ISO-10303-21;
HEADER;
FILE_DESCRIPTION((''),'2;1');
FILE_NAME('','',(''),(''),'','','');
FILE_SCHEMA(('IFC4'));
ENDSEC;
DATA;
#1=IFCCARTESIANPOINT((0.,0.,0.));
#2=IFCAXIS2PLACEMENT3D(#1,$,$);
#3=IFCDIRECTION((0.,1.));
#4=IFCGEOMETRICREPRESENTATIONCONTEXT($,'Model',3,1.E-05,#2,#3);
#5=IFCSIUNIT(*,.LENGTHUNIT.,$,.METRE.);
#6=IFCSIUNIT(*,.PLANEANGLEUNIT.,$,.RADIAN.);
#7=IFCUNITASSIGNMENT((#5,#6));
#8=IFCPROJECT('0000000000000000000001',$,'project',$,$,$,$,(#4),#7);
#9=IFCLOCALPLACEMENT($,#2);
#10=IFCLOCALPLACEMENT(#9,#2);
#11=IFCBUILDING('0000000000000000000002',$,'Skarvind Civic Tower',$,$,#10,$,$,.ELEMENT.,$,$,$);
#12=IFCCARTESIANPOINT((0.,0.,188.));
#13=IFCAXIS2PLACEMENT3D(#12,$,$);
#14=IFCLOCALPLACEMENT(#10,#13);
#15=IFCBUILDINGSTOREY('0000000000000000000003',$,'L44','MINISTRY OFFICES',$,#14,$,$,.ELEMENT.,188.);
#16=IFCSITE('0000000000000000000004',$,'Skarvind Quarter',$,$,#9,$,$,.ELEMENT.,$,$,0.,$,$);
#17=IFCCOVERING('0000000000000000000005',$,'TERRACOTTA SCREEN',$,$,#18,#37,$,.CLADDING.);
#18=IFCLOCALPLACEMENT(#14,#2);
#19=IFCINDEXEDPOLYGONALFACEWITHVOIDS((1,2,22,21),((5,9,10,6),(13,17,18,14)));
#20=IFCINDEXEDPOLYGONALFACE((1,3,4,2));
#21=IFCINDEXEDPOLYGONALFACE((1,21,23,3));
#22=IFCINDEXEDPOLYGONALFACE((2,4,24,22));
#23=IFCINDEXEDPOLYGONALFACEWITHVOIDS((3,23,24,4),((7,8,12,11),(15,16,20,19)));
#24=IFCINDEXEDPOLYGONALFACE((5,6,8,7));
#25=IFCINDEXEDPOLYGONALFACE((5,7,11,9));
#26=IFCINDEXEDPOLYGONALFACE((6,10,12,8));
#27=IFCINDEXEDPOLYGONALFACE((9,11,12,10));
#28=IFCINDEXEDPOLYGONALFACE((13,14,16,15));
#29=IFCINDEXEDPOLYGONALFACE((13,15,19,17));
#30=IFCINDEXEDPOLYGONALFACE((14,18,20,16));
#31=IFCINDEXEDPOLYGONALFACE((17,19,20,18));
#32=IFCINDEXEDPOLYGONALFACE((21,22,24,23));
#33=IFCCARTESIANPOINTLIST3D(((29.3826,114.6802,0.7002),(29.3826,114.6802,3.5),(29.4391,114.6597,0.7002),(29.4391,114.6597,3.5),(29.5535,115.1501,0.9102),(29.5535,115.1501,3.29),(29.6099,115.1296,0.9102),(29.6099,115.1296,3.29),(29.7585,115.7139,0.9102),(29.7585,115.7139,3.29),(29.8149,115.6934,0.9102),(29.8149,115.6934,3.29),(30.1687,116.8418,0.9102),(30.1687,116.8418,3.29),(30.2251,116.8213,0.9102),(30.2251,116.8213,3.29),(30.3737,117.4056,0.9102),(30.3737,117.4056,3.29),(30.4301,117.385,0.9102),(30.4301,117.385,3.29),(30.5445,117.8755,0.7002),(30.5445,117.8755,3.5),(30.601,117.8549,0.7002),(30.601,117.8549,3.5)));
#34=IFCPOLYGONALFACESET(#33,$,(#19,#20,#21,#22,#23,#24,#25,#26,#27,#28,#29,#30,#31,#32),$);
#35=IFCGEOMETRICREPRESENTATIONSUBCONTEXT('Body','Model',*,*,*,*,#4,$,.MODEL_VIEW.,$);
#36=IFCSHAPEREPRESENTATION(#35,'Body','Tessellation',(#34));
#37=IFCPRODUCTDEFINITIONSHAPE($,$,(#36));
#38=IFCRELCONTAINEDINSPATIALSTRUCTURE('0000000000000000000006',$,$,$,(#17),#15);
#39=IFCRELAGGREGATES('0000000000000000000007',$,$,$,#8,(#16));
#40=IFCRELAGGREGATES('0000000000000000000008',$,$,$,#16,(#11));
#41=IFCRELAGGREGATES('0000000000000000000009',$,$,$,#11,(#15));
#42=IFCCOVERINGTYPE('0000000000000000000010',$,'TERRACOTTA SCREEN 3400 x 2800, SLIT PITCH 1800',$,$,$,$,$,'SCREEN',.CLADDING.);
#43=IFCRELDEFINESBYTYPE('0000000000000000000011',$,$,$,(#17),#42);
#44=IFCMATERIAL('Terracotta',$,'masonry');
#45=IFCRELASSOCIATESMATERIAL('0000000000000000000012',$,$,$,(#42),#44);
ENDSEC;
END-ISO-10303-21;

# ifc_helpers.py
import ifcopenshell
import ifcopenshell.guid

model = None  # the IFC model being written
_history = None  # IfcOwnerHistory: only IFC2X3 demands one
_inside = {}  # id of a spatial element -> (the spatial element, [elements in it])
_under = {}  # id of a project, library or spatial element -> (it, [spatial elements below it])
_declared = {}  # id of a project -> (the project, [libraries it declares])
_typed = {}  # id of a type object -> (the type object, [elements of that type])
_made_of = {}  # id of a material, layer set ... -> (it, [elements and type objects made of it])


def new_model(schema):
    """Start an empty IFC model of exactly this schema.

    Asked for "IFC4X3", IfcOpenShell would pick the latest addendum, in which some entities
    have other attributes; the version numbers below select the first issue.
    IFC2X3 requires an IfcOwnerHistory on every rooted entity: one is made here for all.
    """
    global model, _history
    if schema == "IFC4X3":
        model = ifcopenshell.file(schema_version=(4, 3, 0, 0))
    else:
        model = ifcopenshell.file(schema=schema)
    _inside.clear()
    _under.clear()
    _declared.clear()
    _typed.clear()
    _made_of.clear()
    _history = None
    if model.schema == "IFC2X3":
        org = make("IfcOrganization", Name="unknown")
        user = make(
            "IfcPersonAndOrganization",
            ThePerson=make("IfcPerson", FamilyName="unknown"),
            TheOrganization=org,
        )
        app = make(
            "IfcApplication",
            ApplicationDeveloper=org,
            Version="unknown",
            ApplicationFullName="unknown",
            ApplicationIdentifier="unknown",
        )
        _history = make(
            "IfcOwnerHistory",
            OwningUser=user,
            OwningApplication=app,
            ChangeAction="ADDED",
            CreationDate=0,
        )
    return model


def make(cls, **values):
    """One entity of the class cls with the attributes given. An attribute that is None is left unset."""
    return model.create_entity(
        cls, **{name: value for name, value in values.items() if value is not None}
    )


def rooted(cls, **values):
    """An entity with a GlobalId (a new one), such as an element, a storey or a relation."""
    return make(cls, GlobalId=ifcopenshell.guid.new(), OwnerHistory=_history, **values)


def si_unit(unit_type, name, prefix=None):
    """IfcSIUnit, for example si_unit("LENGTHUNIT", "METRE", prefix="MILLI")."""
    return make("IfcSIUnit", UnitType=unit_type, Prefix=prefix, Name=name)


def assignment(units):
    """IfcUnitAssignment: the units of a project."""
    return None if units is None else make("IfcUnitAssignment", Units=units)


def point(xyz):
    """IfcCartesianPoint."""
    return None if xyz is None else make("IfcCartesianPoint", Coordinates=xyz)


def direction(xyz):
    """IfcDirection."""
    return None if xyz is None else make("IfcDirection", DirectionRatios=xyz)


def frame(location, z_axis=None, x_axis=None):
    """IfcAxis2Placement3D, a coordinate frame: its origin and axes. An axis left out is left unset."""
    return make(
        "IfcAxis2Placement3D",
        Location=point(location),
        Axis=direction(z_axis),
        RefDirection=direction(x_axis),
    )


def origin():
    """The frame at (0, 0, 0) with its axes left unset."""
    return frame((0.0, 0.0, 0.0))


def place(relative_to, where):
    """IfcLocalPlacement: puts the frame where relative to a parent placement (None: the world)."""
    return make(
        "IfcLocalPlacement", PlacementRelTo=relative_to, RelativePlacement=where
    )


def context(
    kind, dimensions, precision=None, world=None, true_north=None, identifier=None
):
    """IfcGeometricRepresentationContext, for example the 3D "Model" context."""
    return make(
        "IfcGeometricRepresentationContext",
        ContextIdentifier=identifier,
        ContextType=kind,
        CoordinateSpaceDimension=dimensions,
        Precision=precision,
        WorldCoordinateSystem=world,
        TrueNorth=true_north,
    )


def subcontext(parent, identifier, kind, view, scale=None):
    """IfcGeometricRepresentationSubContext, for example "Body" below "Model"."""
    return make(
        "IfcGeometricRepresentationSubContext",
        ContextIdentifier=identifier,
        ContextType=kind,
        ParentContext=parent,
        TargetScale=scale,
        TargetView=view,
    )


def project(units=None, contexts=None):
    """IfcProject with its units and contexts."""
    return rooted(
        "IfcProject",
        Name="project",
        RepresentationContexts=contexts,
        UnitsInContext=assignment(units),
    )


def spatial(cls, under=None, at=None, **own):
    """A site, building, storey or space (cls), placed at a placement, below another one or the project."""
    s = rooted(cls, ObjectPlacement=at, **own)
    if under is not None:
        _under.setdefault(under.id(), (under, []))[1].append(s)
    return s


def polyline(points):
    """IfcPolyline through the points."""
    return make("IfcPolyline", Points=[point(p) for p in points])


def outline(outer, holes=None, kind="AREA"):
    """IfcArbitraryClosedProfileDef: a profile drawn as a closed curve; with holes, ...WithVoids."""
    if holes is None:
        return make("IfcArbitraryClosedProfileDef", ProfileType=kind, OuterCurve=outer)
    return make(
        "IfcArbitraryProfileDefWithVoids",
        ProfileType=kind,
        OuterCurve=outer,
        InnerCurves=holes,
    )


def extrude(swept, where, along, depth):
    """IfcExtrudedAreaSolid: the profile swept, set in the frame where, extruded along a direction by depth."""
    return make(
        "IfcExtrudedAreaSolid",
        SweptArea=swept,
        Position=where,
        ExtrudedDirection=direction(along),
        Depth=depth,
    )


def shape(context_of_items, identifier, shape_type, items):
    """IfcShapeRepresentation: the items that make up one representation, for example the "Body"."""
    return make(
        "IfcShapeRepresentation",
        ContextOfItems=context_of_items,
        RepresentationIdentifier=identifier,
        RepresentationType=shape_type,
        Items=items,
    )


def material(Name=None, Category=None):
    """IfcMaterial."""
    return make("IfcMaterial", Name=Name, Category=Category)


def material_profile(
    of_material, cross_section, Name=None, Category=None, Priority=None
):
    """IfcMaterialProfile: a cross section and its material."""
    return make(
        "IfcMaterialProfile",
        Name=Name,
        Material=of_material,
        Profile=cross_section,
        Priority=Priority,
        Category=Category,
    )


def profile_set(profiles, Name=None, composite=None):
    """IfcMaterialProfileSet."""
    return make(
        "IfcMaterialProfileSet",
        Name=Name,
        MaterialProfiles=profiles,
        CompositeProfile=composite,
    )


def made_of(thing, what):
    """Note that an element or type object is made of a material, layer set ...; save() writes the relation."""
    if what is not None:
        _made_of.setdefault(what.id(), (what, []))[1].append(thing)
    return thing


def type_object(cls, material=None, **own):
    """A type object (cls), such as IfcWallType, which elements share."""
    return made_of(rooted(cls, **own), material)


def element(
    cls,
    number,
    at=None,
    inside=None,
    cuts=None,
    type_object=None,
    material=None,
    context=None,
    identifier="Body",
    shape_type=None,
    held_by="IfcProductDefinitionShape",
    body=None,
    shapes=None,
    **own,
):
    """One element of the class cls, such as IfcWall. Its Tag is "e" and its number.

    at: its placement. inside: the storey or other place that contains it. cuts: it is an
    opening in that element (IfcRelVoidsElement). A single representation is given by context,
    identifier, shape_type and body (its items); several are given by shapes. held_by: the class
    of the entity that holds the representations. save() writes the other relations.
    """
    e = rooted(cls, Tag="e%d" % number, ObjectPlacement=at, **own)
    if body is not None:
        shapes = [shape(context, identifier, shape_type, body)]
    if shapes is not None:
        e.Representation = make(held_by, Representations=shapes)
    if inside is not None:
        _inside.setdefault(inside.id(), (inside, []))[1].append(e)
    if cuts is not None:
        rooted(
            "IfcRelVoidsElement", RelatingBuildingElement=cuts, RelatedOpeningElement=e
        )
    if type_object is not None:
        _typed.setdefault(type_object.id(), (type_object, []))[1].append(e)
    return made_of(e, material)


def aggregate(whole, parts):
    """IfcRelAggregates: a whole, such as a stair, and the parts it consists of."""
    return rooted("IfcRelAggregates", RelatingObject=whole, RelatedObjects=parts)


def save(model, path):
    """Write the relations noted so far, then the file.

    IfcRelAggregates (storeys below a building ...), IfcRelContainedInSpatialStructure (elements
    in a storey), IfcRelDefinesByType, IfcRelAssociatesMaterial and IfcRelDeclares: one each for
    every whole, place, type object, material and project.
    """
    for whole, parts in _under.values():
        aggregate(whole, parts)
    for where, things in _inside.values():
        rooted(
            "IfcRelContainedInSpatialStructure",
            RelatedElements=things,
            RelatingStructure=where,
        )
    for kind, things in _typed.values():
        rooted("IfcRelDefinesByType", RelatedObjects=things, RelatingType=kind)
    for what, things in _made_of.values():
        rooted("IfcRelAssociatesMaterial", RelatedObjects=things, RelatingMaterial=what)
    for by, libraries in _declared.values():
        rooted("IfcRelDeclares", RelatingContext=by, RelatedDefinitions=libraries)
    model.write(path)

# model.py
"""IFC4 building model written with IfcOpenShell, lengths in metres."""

from ifc_helpers import new_model, si_unit, direction, frame, origin, place, context, subcontext, project, spatial, polyline, outline, extrude, material, material_profile, profile_set, type_object, element, save


model = new_model("IFC4")

# Units and contexts
model_context = context("Model", 3, precision=1e-05, world=origin(), true_north=direction((0.0, 1.0)))
body_context = subcontext(model_context, "Body", "Model", "MODEL_VIEW")
ifc_project = project(units=[si_unit("LENGTHUNIT", "METRE"), si_unit("PLANEANGLEUNIT", "RADIAN")], contexts=[model_context])

# Site, building, storey
site_placement = place(None, origin())
site = spatial("IfcSite", under=ifc_project, at=site_placement, Name="Skarvind Quarter", CompositionType="ELEMENT", RefElevation=0.0)
building_placement = place(site_placement, origin())
building = spatial("IfcBuilding", under=site, at=building_placement, Name="Skarvind Civic Tower", CompositionType="ELEMENT")
storey_placement = place(building_placement, frame((0.0, 0.0, 188.0)))
storey = spatial("IfcBuildingStorey", under=building, at=storey_placement, Name="L44", Description="MINISTRY OFFICES", CompositionType="ELEMENT", Elevation=188.0)

# Covering
ifc_material_1 = material(Name="Terracotta", Category="masonry")
ifc_material_profile_1 = material_profile(ifc_material_1, outline(polyline([(-1.7, -1.3999), (1.7, -1.3999), (1.7, 1.3999), (-1.7, 1.3999), (-1.7, -1.3999)]), holes=[polyline([(-1.2, -1.1899), (-0.6001, -1.1899), (-0.6001, 1.1899), (-1.2, 1.1899), (-1.2, -1.1899)]), polyline([(0.6001, -1.1899), (1.2, -1.1899), (1.2, 1.1899), (0.6001, 1.1899), (0.6001, -1.1899)])]), Name="TERRACOTTA SCREEN 3400 x 2800, SLIT PITCH 1800")
ifc_profile_set_1 = profile_set([ifc_material_profile_1], Name="Terracotta")
covering_type = type_object("IfcCoveringType", Name="TERRACOTTA SCREEN 3400 x 2800, SLIT PITCH 1800", ElementType="SCREEN", PredefinedType="CLADDING", material=ifc_profile_set_1)
covering_placement = place(storey_placement, frame((30.02, 116.2573, 2.1001), z_axis=(-0.939793, 0.341743, 0.0), x_axis=(-0.341743, -0.939793, 0.0)))
element("IfcCovering", 1, at=covering_placement, inside=storey, type_object=covering_type, Name="TERRACOTTA SCREEN", PredefinedType="CLADDING", context=body_context, shape_type="SweptSolid", body=[
    extrude(outline(polyline([(-1.7, -1.3999), (1.7, -1.3999), (1.7, 1.3999), (-1.7, 1.3999), (-1.7, -1.3999)]), holes=[polyline([(-1.2, -1.1899), (-0.6001, -1.1899), (-0.6001, 1.1899), (-1.2, 1.1899), (-1.2, -1.1899)]), polyline([(0.6001, -1.1899), (1.2, -1.1899), (1.2, 1.1899), (0.6001, 1.1899), (0.6001, -1.1899)])]), origin(), (0.0, 0.0, 1.0), 0.0601),
])

save(model, "model.ifc")
